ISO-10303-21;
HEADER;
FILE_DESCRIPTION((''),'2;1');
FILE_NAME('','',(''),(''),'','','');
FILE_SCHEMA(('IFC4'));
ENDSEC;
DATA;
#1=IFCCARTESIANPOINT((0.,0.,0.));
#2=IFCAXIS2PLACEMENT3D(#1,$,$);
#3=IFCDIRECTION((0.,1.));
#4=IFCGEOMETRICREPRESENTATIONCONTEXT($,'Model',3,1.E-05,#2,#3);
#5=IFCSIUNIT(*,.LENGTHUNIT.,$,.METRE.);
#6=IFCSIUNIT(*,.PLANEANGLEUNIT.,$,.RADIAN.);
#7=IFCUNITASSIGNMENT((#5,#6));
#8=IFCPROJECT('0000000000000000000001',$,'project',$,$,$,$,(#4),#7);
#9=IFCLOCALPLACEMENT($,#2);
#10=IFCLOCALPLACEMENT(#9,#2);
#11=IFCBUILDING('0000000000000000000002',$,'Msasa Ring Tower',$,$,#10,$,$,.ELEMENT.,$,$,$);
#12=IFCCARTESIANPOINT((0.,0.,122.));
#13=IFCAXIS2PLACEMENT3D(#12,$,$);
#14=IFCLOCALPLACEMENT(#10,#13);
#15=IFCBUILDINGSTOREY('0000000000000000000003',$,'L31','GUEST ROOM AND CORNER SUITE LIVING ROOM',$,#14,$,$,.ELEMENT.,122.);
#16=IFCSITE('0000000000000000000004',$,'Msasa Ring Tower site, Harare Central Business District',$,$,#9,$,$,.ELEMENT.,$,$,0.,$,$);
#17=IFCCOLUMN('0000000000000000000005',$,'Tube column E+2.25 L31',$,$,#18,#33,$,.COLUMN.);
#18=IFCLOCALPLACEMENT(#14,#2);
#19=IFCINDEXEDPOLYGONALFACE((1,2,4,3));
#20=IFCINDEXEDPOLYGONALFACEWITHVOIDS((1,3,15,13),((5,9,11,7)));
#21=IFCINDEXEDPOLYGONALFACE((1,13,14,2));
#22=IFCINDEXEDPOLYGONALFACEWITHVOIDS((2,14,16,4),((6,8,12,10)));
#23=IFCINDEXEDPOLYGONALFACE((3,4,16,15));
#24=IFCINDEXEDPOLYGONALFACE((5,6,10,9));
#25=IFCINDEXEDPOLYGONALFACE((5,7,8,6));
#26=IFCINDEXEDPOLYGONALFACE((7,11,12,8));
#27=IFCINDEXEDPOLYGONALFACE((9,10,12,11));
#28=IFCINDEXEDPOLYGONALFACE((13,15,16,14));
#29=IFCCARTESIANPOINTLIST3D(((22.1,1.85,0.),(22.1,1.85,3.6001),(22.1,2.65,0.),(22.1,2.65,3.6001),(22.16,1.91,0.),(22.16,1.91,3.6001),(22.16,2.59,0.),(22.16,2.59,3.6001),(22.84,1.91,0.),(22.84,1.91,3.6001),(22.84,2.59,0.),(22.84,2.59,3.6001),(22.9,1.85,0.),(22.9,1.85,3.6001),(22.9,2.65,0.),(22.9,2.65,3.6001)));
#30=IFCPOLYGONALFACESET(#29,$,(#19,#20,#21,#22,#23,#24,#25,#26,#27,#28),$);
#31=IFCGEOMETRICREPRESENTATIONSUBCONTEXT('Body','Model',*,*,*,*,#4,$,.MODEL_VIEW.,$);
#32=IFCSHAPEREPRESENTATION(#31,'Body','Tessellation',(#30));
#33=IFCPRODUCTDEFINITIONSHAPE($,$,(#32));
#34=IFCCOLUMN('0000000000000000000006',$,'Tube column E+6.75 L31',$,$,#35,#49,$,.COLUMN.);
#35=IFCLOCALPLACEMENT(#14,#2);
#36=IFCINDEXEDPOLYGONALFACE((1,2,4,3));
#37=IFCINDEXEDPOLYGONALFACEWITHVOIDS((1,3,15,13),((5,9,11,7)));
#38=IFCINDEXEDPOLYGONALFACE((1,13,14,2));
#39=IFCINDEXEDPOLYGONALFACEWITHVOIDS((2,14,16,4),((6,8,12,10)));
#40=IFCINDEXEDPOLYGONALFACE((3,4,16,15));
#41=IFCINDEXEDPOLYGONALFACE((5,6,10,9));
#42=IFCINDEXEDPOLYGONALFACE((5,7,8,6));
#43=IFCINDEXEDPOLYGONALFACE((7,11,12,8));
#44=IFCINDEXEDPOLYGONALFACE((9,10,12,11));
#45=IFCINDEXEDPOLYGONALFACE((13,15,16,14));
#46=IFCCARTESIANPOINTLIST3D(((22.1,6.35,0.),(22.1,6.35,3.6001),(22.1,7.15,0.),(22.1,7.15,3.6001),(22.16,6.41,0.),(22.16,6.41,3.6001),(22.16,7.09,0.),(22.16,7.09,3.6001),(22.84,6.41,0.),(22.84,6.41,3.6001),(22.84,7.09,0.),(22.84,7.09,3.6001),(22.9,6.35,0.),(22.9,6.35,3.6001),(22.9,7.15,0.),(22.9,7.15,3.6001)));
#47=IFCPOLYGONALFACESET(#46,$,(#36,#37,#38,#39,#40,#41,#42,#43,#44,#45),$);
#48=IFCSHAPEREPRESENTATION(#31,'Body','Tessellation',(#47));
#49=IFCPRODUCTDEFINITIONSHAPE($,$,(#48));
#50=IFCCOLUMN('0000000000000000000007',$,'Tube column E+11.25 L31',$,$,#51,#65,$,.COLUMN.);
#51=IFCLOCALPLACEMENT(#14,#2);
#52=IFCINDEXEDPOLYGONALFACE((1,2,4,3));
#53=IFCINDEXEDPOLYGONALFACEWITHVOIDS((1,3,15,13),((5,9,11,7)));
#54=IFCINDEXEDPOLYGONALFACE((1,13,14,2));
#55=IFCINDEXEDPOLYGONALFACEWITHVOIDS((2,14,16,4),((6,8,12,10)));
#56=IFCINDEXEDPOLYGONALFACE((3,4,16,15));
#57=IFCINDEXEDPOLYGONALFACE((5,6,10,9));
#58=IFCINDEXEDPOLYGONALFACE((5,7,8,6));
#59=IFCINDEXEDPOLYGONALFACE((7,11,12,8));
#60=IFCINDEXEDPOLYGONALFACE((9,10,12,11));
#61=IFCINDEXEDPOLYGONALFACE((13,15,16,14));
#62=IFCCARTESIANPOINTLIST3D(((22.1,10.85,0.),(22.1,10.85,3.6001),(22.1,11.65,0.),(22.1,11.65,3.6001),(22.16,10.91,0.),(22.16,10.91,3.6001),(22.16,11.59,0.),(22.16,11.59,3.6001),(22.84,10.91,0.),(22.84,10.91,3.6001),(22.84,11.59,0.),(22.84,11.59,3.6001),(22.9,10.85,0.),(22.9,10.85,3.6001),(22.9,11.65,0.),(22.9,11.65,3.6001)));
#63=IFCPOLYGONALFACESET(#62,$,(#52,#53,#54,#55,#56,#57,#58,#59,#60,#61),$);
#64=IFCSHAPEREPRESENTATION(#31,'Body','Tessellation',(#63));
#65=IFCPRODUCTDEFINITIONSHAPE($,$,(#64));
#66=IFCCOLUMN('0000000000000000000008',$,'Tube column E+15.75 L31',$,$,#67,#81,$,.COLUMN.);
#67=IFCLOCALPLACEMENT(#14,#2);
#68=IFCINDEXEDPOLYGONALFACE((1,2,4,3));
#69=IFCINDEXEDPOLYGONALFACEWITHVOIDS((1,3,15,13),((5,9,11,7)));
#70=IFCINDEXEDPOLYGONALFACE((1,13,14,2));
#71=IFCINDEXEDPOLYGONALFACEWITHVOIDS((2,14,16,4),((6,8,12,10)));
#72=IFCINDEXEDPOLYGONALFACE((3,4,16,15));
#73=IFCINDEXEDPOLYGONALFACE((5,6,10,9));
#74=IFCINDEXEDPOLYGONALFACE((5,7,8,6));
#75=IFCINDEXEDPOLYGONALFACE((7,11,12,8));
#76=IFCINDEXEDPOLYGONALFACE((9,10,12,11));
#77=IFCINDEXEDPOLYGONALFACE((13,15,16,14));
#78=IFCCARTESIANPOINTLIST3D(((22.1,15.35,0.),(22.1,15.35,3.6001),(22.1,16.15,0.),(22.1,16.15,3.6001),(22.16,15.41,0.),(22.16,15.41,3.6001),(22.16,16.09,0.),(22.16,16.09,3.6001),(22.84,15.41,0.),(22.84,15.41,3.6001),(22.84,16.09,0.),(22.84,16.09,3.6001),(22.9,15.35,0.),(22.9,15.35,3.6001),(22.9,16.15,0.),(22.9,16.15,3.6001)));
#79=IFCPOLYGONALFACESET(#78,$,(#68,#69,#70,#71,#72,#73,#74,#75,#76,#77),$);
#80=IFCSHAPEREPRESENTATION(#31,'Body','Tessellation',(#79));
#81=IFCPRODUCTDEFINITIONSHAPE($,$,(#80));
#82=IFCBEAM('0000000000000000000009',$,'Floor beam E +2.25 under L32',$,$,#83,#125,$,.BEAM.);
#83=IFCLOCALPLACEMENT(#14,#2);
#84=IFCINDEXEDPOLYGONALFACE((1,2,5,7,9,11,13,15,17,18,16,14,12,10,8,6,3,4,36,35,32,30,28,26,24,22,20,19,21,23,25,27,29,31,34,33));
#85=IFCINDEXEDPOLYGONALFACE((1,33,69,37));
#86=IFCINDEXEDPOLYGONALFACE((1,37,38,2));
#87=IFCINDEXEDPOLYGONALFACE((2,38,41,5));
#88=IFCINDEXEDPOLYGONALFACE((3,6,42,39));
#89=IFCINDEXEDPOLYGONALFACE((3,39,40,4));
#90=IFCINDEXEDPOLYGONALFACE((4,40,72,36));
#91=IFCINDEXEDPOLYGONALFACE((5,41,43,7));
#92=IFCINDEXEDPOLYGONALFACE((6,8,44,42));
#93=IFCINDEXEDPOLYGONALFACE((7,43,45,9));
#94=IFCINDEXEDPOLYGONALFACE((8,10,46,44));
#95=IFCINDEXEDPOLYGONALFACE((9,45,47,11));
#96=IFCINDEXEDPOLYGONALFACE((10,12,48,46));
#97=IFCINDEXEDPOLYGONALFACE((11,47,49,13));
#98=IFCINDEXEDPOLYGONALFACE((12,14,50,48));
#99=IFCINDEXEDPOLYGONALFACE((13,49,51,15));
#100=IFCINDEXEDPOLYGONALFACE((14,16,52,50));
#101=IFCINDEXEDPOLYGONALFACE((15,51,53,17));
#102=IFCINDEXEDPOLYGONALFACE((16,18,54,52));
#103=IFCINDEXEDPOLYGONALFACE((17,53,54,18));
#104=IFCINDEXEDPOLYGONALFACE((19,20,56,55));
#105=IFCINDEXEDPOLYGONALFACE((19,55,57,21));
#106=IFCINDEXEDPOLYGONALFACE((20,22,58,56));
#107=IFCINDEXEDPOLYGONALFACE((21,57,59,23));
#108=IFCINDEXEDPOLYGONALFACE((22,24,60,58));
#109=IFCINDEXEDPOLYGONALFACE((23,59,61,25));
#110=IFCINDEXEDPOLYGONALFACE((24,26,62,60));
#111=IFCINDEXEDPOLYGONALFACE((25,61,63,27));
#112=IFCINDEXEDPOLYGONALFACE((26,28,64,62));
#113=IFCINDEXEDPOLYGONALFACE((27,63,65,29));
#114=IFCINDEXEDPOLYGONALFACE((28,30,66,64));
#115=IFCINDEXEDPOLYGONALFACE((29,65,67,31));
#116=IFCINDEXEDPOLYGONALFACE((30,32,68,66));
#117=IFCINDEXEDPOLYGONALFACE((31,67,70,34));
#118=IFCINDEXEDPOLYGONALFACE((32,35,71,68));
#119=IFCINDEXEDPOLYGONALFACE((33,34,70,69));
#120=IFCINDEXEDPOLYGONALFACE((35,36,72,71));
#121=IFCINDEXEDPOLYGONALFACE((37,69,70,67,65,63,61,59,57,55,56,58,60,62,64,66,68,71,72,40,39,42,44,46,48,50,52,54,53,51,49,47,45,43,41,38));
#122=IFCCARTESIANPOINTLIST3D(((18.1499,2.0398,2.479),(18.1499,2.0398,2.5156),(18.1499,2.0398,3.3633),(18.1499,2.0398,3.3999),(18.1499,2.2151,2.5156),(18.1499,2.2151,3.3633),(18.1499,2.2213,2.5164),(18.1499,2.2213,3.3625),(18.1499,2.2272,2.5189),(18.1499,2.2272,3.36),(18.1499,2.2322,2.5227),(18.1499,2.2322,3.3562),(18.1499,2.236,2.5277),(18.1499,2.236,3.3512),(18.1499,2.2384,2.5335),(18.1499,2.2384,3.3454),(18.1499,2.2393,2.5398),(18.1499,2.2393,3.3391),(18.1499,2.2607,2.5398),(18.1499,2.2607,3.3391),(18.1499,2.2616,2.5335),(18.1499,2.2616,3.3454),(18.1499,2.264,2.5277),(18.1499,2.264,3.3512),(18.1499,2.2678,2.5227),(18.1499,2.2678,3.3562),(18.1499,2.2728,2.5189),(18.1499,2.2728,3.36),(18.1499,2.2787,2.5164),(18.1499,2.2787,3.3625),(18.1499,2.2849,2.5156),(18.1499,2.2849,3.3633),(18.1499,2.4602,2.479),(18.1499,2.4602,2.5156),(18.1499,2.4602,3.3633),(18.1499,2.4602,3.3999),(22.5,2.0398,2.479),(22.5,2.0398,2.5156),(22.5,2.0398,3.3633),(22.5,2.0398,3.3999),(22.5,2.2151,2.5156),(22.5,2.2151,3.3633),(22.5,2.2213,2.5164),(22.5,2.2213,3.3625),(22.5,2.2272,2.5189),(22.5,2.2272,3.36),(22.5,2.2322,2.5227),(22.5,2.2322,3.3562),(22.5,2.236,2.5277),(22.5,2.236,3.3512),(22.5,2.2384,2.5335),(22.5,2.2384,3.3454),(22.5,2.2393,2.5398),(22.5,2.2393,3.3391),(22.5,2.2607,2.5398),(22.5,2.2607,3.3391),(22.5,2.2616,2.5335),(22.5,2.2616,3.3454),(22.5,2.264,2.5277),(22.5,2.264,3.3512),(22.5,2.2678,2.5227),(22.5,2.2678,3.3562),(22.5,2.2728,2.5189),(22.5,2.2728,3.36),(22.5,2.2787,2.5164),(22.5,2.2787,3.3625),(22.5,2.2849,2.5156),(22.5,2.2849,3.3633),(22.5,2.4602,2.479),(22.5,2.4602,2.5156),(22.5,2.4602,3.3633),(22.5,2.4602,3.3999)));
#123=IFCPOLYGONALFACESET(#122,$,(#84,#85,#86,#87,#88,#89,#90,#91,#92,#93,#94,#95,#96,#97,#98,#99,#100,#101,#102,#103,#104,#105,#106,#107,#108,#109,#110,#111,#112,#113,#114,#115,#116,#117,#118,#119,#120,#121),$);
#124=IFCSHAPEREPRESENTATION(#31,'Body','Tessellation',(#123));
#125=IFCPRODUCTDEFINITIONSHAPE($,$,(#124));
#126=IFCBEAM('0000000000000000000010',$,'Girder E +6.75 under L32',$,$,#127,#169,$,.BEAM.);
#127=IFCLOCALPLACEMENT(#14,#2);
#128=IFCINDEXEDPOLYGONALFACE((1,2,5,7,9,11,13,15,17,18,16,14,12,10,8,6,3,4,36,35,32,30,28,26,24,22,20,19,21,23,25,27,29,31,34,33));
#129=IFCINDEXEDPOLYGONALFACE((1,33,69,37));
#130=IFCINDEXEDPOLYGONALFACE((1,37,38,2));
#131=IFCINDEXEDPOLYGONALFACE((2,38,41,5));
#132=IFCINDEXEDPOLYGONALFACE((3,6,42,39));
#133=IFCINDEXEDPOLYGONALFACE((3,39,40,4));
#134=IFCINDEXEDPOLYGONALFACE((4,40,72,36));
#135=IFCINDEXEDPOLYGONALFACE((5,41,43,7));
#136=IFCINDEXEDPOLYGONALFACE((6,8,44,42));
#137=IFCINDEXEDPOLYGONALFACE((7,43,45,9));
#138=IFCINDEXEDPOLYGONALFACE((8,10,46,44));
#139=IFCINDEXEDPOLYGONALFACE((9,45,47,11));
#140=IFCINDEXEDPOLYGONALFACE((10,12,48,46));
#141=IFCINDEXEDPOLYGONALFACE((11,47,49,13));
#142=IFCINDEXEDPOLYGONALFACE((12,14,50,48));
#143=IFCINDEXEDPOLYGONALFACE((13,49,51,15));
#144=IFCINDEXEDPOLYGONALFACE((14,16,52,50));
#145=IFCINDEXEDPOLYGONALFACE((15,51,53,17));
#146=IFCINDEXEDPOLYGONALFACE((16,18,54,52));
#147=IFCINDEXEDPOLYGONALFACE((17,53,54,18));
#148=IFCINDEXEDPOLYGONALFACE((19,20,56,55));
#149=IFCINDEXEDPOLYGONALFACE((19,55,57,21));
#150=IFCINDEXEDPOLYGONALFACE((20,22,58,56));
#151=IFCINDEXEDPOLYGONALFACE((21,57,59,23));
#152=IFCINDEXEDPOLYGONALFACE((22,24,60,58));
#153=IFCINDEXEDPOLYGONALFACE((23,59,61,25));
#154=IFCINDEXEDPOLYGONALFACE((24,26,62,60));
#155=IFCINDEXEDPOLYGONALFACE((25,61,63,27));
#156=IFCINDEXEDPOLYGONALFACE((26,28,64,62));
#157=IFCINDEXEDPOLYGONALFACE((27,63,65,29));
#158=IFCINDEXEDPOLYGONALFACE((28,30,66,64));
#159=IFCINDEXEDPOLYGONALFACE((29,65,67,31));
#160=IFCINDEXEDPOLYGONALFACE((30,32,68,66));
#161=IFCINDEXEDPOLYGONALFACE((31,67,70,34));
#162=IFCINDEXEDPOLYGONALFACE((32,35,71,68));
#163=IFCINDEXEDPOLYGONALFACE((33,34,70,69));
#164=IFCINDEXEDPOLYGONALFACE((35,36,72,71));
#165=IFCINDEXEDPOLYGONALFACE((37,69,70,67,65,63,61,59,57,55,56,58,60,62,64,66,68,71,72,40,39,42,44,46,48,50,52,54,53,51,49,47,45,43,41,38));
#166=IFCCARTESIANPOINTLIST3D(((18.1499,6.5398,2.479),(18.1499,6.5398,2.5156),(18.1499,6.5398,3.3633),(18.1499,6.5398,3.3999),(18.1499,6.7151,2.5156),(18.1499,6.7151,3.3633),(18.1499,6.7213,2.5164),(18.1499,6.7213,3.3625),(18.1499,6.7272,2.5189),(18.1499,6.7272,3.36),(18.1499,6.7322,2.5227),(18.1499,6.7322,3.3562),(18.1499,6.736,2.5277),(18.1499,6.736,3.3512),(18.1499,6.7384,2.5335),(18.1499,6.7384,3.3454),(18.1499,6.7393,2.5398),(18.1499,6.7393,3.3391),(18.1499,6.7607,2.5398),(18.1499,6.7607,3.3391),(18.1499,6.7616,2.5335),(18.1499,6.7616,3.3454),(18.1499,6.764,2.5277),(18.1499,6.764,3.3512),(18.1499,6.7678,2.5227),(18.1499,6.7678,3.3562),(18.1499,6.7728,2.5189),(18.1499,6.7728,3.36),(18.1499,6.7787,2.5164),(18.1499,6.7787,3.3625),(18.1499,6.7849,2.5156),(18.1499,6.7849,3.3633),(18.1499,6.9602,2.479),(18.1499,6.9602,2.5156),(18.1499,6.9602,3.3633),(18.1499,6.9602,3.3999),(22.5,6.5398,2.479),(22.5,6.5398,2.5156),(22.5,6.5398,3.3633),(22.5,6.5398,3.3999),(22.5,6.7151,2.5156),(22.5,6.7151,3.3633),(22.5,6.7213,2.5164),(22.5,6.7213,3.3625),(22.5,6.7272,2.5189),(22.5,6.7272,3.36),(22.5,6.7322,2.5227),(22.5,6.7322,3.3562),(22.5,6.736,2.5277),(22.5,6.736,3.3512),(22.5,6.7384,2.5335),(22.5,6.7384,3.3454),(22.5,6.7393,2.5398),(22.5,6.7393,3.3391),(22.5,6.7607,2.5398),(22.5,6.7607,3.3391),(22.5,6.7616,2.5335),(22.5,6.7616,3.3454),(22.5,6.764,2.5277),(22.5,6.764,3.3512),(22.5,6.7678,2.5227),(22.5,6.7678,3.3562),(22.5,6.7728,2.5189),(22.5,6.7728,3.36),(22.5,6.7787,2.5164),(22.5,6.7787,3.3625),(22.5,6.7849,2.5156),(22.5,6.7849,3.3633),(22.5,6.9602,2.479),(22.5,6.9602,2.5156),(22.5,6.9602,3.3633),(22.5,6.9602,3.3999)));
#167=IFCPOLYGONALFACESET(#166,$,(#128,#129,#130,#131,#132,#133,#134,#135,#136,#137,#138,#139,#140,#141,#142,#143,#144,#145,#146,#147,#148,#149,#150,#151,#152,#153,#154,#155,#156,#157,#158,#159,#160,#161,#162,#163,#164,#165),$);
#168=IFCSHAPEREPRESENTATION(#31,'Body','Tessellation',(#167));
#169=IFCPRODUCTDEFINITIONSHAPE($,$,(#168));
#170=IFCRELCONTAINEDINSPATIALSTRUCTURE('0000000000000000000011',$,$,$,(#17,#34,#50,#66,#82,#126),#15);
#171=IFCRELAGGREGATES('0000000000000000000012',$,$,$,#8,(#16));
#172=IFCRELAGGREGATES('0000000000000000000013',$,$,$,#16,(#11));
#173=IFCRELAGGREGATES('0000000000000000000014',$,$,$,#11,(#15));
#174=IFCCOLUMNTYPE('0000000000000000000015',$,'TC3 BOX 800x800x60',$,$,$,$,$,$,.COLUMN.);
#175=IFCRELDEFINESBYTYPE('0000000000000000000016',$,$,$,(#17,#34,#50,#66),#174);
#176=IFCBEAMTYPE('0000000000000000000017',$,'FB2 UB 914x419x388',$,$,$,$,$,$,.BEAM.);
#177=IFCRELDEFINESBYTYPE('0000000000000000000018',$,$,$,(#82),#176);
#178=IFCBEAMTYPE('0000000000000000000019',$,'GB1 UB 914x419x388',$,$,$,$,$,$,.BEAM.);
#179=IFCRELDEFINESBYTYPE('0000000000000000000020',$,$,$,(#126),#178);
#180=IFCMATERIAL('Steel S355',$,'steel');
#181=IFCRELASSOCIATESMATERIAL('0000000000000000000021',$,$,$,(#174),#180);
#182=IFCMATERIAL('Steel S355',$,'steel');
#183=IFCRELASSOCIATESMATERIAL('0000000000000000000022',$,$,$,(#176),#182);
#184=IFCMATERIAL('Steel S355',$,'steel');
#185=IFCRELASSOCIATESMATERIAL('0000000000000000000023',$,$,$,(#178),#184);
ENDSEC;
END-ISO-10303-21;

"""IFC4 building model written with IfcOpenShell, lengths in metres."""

from ifc_helpers import new_model, si_unit, direction, frame, origin, origin_2d, place, context, subcontext, project, spatial, hollow_rectangle, i_section, extrude, material, material_profile, profile_set, type_object, element, save


model = new_model("IFC4")

# Units and contexts
model_context = context("Model", 3, precision=1e-05, world=origin(), true_north=direction((0.0, 1.0)))
body_context = subcontext(model_context, "Body", "Model", "MODEL_VIEW")
ifc_project = project(units=[si_unit("LENGTHUNIT", "METRE"), si_unit("PLANEANGLEUNIT", "RADIAN")], contexts=[model_context])

# Site, building, storey
site_placement = place(None, origin())
site = spatial("IfcSite", under=ifc_project, at=site_placement, Name="Msasa Ring Tower site, Harare Central Business District", CompositionType="ELEMENT", RefElevation=0.0)
building_placement = place(site_placement, origin())
building = spatial("IfcBuilding", under=site, at=building_placement, Name="Msasa Ring Tower", CompositionType="ELEMENT")
storey_placement = place(building_placement, frame((0.0, 0.0, 122.0)))
storey = spatial("IfcBuildingStorey", under=building, at=storey_placement, Name="L31", Description="GUEST ROOM AND CORNER SUITE LIVING ROOM", CompositionType="ELEMENT", Elevation=122.0)

# Columns
ifc_material_1 = material(Name="Steel S355", Category="steel")
ifc_material_profile_1 = material_profile(ifc_material_1, hollow_rectangle(XDim=0.8, YDim=0.8, WallThickness=0.0601, at=origin_2d()), Name="BOX 800x800x60")
ifc_profile_set_1 = profile_set([ifc_material_profile_1], Name="Steel S355")
column_type = type_object("IfcColumnType", Name="TC3 BOX 800x800x60", PredefinedType="COLUMN", material=ifc_profile_set_1)
for number, where, z_axis, x_axis, name in (
    (1, (22.5, 2.25, 0.0), (0.0, 0.0, 1.0), (1.0, 0.0, 0.0), "Tube column E+2.25 L31"),
    (2, (22.5, 6.75, 0.0), (0.0, 0.0, 1.0), (1.0, 0.0, 0.0), "Tube column E+6.75 L31"),
    (3, (22.5, 11.25, 0.0), (0.0, 0.0, 1.0), (1.0, 0.0, 0.0), "Tube column E+11.25 L31"),
    (4, (22.5, 15.75, 0.0), (0.0, 0.0, 1.0), (1.0, 0.0, 0.0), "Tube column E+15.75 L31"),
):
    element("IfcColumn", number, at=place(storey_placement, frame(where, z_axis=z_axis, x_axis=x_axis)), inside=storey, type_object=column_type, Name=name, PredefinedType="COLUMN", context=body_context, shape_type="SweptSolid", body=[
        extrude(hollow_rectangle(XDim=0.8, YDim=0.8, WallThickness=0.0601, at=origin_2d()), origin(), (0.0, 0.0, 1.0), 3.6001),
    ])

# Beams
ifc_material_2 = material(Name="Steel S355", Category="steel")
ifc_material_profile_2 = material_profile(ifc_material_2, i_section(OverallWidth=0.4204, OverallDepth=0.9209, WebThickness=0.0215, FlangeThickness=0.0366, FilletRadius=0.0242, at=origin_2d()), Name="UB 914x419x388")
ifc_profile_set_2 = profile_set([ifc_material_profile_2], Name="Steel S355")
beam_type_1 = type_object("IfcBeamType", Name="FB2 UB 914x419x388", PredefinedType="BEAM", material=ifc_profile_set_2)
beam_1_placement = place(storey_placement, frame((22.5, 2.25, 2.9395), z_axis=(-1.0, 0.0, 0.0), x_axis=(0.0, -1.0, 0.0)))
element("IfcBeam", 5, at=beam_1_placement, inside=storey, type_object=beam_type_1, Name="Floor beam E +2.25 under L32", PredefinedType="BEAM", context=body_context, shape_type="SweptSolid", body=[
    extrude(i_section(OverallWidth=0.4204, OverallDepth=0.9209, WebThickness=0.0215, FlangeThickness=0.0366, FilletRadius=0.0242, at=origin_2d()), origin(), (0.0, 0.0, 1.0), 4.3501),
])
ifc_material_3 = material(Name="Steel S355", Category="steel")
ifc_material_profile_3 = material_profile(ifc_material_3, i_section(OverallWidth=0.4204, OverallDepth=0.9209, WebThickness=0.0215, FlangeThickness=0.0366, FilletRadius=0.0242, at=origin_2d()), Name="UB 914x419x388")
ifc_profile_set_3 = profile_set([ifc_material_profile_3], Name="Steel S355")
beam_type_2 = type_object("IfcBeamType", Name="GB1 UB 914x419x388", PredefinedType="BEAM", material=ifc_profile_set_3)
beam_2_placement = place(storey_placement, frame((18.1499, 6.75, 2.9395), z_axis=(1.0, 0.0, 0.0), x_axis=(0.0, 1.0, 0.0)))
element("IfcBeam", 6, at=beam_2_placement, inside=storey, type_object=beam_type_2, Name="Girder E +6.75 under L32", PredefinedType="BEAM", context=body_context, shape_type="SweptSolid", body=[
    extrude(i_section(OverallWidth=0.4204, OverallDepth=0.9209, WebThickness=0.0215, FlangeThickness=0.0366, FilletRadius=0.0242, at=origin_2d()), origin(), (0.0, 0.0, 1.0), 4.3501),
])

save(model, "model.ifc")
